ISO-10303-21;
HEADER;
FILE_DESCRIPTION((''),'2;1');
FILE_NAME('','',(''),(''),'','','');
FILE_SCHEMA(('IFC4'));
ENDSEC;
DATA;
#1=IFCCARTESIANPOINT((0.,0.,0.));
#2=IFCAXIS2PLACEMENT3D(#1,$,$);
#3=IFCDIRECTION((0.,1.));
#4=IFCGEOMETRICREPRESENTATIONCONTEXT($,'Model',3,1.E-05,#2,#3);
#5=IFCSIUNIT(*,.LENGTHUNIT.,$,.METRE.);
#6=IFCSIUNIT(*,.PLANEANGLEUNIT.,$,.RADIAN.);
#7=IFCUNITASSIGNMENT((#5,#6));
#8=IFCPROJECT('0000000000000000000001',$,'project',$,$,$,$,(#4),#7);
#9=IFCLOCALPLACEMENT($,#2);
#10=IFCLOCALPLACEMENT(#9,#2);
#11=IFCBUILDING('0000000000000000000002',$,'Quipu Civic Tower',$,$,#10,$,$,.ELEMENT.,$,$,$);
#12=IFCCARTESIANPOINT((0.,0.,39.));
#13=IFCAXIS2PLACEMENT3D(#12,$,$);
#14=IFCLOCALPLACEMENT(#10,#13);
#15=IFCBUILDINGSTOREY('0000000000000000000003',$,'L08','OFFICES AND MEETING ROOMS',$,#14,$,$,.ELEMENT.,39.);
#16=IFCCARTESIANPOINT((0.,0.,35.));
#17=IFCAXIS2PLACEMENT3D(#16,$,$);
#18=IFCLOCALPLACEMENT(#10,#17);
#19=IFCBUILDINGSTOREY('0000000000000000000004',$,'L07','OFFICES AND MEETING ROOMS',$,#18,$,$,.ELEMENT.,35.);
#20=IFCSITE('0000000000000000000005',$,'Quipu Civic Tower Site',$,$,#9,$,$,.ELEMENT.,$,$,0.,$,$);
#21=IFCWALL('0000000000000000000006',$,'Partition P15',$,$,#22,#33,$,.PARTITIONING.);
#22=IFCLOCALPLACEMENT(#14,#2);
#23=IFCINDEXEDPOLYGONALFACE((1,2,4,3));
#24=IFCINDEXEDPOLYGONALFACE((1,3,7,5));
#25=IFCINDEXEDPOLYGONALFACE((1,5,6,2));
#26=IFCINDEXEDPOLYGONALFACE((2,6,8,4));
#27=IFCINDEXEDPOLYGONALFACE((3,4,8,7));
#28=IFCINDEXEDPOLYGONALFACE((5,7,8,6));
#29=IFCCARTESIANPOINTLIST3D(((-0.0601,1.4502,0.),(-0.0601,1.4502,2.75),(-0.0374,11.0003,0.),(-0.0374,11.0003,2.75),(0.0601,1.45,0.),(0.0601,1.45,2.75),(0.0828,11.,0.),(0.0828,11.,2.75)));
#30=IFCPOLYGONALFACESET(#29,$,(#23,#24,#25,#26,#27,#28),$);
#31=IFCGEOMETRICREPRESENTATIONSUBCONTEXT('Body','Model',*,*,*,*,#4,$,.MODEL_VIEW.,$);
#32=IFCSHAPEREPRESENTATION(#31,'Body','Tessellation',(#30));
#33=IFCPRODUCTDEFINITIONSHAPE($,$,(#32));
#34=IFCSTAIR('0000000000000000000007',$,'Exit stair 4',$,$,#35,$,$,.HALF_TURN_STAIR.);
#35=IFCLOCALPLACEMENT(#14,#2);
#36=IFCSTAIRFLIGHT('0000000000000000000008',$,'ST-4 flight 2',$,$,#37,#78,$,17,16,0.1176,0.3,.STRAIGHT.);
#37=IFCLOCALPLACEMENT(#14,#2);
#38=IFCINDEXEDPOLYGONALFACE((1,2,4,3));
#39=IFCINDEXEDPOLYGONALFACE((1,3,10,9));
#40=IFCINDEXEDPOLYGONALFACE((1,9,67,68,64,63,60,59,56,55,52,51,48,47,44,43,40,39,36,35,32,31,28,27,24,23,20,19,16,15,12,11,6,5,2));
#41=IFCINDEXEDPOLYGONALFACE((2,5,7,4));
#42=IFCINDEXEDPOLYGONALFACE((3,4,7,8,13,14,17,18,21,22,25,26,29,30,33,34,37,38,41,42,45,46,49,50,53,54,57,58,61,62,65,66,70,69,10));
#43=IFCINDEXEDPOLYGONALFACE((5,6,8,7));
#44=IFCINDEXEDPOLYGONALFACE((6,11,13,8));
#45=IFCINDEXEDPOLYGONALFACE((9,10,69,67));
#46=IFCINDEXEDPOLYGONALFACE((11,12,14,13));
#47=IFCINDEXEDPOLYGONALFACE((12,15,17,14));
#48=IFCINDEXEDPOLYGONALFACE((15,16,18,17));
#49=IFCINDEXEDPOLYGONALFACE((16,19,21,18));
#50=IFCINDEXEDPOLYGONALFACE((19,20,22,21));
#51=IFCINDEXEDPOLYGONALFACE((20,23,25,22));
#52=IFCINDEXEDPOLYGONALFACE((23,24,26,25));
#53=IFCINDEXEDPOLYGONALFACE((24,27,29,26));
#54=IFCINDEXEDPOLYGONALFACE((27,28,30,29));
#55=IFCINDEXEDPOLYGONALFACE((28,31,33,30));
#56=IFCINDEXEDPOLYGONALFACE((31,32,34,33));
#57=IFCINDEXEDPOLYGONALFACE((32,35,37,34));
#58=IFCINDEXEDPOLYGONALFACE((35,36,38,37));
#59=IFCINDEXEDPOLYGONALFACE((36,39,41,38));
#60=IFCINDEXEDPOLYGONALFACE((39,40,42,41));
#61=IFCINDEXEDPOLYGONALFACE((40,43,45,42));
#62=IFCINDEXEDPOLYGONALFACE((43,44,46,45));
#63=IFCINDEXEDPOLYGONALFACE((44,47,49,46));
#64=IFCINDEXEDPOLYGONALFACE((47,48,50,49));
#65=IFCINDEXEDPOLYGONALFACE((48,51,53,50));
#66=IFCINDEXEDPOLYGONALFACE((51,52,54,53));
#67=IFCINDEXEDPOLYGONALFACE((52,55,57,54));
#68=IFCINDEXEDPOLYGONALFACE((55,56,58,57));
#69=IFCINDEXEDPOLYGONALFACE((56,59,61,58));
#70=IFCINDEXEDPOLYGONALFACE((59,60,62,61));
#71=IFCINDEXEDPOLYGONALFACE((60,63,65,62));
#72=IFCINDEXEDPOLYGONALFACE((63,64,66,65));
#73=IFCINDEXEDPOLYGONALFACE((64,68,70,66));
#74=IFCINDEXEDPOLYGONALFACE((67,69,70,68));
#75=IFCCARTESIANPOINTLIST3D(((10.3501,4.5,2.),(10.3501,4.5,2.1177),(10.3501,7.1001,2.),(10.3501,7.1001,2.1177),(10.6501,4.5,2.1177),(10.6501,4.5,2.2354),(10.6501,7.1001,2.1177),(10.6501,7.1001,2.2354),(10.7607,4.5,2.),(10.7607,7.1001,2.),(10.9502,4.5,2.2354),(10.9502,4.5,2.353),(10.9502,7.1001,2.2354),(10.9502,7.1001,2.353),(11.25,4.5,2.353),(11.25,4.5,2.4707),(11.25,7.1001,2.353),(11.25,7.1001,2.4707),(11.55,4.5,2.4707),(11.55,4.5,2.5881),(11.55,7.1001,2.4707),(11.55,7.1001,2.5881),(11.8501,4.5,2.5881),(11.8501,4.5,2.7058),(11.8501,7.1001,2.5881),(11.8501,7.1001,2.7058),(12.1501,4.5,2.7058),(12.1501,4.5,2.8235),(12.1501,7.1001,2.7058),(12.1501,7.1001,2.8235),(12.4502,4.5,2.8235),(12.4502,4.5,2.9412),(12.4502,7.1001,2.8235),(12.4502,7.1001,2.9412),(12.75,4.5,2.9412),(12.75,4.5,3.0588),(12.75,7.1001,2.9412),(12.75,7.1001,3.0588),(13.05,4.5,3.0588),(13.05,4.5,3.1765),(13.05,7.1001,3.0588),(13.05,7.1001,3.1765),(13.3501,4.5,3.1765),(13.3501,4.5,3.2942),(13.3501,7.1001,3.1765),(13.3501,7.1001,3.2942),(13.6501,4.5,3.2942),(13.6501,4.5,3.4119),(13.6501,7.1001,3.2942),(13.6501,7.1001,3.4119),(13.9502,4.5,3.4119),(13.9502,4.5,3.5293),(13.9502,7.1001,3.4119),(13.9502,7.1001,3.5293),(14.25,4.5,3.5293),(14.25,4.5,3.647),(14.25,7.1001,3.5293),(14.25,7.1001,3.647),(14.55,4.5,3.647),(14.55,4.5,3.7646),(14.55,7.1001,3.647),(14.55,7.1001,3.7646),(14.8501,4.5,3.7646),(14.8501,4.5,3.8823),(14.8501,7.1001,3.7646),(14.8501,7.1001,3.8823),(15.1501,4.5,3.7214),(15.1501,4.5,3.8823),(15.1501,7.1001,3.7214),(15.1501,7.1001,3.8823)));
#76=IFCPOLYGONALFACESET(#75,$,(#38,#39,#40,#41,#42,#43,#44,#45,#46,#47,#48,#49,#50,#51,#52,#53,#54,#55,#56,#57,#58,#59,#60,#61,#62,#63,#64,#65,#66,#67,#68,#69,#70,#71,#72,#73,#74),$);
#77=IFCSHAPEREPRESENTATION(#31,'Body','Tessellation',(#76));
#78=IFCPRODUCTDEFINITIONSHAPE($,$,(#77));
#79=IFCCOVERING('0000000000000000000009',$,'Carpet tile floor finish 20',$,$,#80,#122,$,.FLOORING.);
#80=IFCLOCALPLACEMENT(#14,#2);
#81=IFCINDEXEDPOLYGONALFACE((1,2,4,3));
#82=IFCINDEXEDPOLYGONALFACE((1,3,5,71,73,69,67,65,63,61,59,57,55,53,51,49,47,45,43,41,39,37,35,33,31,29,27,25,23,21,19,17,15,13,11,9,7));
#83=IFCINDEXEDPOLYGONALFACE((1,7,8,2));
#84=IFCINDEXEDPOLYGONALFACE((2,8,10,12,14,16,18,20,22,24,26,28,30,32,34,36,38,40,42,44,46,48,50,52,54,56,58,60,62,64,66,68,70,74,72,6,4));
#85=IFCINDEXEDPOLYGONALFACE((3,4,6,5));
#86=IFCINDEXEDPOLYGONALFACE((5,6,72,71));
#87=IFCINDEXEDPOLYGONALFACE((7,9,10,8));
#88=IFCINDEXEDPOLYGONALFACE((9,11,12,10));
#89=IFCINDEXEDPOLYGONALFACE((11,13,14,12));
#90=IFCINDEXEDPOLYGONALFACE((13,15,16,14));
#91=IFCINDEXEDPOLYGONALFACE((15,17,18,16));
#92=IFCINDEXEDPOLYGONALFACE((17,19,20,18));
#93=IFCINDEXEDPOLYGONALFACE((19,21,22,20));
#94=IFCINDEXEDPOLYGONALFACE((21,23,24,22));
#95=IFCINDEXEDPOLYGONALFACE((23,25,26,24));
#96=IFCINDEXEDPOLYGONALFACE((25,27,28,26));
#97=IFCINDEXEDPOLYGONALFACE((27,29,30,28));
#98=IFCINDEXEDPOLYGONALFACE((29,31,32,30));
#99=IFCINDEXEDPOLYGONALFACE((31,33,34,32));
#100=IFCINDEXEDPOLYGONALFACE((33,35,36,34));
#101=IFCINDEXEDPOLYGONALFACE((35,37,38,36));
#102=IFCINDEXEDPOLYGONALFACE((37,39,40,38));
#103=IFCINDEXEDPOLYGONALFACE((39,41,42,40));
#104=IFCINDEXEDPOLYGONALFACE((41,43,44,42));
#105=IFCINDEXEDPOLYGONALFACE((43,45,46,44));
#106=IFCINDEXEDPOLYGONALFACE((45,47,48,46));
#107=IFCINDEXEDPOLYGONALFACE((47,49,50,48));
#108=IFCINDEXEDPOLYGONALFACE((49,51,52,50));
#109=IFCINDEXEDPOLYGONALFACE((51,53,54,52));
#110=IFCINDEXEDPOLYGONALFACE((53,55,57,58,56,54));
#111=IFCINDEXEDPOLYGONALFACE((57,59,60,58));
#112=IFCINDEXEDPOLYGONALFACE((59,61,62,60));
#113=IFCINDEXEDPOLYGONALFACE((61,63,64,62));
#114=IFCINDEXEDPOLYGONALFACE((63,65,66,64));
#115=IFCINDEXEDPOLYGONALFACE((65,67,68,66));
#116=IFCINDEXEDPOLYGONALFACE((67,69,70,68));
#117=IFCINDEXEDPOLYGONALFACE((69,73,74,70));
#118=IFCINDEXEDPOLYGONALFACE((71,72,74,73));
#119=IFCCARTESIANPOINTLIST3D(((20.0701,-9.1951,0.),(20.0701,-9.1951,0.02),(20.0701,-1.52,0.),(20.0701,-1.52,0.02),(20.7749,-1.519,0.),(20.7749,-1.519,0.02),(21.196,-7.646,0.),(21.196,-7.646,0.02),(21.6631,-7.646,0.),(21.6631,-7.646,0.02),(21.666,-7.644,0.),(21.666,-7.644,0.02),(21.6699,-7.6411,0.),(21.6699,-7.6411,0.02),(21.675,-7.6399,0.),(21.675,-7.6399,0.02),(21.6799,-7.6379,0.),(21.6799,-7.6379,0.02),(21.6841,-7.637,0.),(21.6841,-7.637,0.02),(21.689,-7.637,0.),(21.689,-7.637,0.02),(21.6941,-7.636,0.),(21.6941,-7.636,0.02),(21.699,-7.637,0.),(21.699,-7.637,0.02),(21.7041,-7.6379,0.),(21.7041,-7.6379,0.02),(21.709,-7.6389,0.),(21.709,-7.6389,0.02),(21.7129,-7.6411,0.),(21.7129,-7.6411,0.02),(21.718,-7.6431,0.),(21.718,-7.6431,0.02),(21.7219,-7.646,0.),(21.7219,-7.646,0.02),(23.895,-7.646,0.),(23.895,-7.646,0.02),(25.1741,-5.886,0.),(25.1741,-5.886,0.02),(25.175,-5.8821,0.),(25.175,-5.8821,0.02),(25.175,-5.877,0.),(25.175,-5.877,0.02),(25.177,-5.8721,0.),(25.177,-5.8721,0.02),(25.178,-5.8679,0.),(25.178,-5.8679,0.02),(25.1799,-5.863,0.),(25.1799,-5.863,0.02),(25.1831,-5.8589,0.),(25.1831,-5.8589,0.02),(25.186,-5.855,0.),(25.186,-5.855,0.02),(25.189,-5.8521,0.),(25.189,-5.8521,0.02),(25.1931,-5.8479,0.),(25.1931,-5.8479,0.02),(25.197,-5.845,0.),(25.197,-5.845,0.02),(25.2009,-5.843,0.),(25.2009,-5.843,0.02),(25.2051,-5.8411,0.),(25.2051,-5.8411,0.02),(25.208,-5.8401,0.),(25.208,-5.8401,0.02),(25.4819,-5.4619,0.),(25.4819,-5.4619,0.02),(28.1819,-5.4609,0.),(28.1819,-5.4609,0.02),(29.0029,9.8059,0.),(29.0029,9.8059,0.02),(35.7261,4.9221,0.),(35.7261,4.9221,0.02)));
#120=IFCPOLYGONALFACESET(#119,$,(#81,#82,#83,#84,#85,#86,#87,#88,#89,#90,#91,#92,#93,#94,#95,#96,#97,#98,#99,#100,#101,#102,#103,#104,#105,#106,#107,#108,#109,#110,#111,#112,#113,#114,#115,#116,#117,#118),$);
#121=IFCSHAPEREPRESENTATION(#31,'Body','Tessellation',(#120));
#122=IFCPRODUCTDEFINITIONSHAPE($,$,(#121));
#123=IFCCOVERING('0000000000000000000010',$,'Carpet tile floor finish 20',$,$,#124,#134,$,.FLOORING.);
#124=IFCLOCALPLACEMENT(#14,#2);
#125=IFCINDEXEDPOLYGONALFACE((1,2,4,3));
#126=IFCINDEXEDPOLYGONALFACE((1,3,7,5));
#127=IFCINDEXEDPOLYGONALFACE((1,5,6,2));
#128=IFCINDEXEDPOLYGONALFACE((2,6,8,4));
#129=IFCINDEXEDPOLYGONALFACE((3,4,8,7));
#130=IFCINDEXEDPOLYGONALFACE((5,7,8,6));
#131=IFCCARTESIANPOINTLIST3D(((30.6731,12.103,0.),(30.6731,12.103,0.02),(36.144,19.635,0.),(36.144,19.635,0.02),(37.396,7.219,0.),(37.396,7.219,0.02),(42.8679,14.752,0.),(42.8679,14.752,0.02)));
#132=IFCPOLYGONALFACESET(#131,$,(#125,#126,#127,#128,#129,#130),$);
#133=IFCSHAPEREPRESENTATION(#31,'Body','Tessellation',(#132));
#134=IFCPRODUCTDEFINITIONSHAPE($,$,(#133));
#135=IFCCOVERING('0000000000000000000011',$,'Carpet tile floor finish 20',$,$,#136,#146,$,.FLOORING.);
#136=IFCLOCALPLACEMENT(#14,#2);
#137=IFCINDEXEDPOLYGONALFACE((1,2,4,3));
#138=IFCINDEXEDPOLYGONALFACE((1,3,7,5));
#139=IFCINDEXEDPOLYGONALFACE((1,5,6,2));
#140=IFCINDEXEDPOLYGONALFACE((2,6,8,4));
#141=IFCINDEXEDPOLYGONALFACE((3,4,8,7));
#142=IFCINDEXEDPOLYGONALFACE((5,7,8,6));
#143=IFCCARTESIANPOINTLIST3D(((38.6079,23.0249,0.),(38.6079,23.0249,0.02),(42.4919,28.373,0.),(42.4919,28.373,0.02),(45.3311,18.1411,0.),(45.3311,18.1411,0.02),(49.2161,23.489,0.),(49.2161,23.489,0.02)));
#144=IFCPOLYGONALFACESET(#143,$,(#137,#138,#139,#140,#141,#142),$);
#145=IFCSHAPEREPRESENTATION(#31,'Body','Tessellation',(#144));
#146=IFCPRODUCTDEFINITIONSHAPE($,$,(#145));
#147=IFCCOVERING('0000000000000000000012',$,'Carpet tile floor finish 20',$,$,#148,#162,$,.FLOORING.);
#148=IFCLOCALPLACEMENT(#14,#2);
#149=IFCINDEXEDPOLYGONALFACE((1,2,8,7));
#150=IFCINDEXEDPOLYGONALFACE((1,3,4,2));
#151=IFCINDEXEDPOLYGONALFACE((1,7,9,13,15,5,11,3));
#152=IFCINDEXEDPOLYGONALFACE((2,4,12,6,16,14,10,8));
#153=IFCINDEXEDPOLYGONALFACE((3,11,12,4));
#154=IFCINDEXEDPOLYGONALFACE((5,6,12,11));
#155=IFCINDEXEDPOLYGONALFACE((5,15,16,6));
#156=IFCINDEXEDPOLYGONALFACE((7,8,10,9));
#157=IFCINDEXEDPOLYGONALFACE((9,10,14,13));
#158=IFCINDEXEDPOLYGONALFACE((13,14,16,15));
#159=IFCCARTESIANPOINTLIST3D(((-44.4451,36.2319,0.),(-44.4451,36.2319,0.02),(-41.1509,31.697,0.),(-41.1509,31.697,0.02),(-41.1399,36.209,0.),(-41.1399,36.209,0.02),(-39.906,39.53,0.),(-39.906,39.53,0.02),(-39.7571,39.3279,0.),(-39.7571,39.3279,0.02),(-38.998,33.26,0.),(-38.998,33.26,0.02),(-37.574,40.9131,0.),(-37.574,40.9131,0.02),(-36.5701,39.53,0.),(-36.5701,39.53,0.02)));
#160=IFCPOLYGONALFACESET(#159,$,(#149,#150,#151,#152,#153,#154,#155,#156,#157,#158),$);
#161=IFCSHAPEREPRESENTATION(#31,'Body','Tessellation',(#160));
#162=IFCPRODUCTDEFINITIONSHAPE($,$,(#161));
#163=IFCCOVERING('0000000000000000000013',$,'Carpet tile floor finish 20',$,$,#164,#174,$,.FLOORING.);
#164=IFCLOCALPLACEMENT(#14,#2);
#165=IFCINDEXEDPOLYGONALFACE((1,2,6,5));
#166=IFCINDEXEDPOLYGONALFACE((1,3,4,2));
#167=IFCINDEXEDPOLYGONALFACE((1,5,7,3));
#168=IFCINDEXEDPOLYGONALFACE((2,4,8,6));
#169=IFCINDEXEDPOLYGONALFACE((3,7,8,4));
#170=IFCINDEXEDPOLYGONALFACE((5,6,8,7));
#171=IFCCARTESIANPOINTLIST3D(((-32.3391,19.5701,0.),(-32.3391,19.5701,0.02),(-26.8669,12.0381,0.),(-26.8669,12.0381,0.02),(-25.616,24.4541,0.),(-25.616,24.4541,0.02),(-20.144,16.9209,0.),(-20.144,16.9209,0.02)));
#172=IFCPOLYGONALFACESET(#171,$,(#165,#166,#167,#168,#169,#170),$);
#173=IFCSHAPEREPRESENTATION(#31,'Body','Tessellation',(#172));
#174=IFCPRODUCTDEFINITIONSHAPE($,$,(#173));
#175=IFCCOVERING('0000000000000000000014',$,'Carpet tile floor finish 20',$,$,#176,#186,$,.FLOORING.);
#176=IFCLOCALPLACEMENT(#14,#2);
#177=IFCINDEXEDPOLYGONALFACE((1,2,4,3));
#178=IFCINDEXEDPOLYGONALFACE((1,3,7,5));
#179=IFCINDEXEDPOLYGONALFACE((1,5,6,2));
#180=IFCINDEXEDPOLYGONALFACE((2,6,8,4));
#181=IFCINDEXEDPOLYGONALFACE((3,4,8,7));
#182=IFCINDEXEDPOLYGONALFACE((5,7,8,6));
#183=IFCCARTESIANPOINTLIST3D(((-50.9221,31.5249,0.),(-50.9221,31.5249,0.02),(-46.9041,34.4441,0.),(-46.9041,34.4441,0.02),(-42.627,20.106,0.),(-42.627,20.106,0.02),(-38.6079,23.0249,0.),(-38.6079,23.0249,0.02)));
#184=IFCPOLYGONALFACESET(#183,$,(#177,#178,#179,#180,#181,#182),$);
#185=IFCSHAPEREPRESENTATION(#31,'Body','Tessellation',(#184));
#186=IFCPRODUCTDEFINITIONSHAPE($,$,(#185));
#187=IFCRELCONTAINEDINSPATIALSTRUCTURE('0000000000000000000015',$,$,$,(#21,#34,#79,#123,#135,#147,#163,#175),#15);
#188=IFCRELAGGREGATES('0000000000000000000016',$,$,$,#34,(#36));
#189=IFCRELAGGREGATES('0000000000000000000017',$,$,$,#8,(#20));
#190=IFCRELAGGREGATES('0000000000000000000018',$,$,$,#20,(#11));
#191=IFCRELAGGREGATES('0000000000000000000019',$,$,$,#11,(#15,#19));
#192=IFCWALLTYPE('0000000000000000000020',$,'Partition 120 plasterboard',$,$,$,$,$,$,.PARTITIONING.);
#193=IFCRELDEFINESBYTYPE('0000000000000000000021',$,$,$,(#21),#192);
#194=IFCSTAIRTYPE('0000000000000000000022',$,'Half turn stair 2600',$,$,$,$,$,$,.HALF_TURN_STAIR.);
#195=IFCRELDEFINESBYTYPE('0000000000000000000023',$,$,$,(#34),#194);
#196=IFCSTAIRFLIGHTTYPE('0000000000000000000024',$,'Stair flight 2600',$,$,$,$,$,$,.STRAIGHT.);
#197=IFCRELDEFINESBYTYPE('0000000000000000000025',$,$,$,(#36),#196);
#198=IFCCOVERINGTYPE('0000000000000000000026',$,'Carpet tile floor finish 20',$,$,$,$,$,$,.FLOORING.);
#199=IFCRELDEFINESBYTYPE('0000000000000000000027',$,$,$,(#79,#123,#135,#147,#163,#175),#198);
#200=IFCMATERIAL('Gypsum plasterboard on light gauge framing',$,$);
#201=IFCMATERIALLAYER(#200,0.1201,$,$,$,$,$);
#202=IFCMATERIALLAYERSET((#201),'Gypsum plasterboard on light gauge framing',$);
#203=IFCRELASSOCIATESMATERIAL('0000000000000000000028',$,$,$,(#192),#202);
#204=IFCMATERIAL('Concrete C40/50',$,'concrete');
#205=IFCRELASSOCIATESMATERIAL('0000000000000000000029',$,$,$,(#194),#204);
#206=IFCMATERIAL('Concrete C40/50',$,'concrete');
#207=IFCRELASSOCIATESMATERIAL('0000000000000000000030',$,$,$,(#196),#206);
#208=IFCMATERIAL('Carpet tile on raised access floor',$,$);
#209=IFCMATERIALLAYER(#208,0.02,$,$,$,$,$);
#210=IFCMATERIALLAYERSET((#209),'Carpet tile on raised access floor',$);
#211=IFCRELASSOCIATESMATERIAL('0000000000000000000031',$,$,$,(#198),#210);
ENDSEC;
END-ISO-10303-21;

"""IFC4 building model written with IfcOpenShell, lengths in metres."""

from ifc_helpers import new_model, si_unit, direction, frame, frame_2d, origin, place, context, subcontext, project, spatial, polyline, rectangle, outline, extrude, material, layer, layer_set, type_object, element, aggregate, save


model = new_model("IFC4")

# Units and contexts
model_context = context("Model", 3, precision=1e-05, world=origin(), true_north=direction((0.0, 1.0)))
body_context = subcontext(model_context, "Body", "Model", "MODEL_VIEW")
ifc_project = project(units=[si_unit("LENGTHUNIT", "METRE"), si_unit("PLANEANGLEUNIT", "RADIAN")], contexts=[model_context])

# Site, building, storey
site_placement = place(None, origin())
site = spatial("IfcSite", under=ifc_project, at=site_placement, Name="Quipu Civic Tower Site", CompositionType="ELEMENT", RefElevation=0.0)
building_placement = place(site_placement, origin())
building = spatial("IfcBuilding", under=site, at=building_placement, Name="Quipu Civic Tower", CompositionType="ELEMENT")
storey_1_placement = place(building_placement, frame((0.0, 0.0, 39.0)))
storey_1 = spatial("IfcBuildingStorey", under=building, at=storey_1_placement, Name="L08", Description="OFFICES AND MEETING ROOMS", CompositionType="ELEMENT", Elevation=39.0)

# Shared definitions
storey_2_placement = place(building_placement, frame((0.0, 0.0, 35.0)))
storey_2 = spatial("IfcBuildingStorey", under=building, at=storey_2_placement, Name="L07", Description="OFFICES AND MEETING ROOMS", CompositionType="ELEMENT", Elevation=35.0)

# Wall
ifc_material_1 = material(Name="Gypsum plasterboard on light gauge framing")
ifc_layer_1 = layer(ifc_material_1, 0.1201)
ifc_layer_set_1 = layer_set([ifc_layer_1], Name="Gypsum plasterboard on light gauge framing")
wall_type_1 = type_object("IfcWallType", Name="Partition 120 plasterboard", PredefinedType="PARTITIONING", material=ifc_layer_set_1)
wall_1_placement = place(storey_1_placement, frame((0.0227, 11.0, 0.0), z_axis=(0.0, 0.0, 1.0), x_axis=(-0.002377, -0.999997, 0.0)))
element("IfcWall", 1, at=wall_1_placement, inside=storey_1, type_object=wall_type_1, Name="Partition P15", PredefinedType="PARTITIONING", context=body_context, shape_type="SweptSolid", body=[
    extrude(rectangle(XDim=9.55, YDim=0.1201, at=frame_2d((4.7749, 0.0))), origin(), (0.0, 0.0, 1.0), 2.75),
])

# Stair, stair flight
ifc_material_2 = material(Name="Concrete C40/50", Category="concrete")
stair_type = type_object("IfcStairType", Name="Half turn stair 2600", PredefinedType="HALF_TURN_STAIR", material=ifc_material_2)
stair_placement = place(storey_1_placement, origin())
stair = element("IfcStair", 2, at=stair_placement, inside=storey_1, type_object=stair_type, Name="Exit stair 4", PredefinedType="HALF_TURN_STAIR")
ifc_material_3 = material(Name="Concrete C40/50", Category="concrete")
stair_flight_type = type_object("IfcStairFlightType", Name="Stair flight 2600", PredefinedType="STRAIGHT", material=ifc_material_3)
stair_flight_placement = place(storey_1_placement, frame((10.3501, 5.8, 2.0), z_axis=(0.0, 0.0, 1.0), x_axis=(1.0, 0.0, 0.0)))
stair_flight = element("IfcStairFlight", 3, at=stair_flight_placement, type_object=stair_flight_type, Name="ST-4 flight 2", NumberOfRisers=17, NumberOfTreads=16, PredefinedType="STRAIGHT", RiserHeight=0.1176, TreadLength=0.3, context=body_context, shape_type="SweptSolid", body=[
    extrude(outline(polyline([(0.0, 0.0), (0.0, 0.1177), (0.3, 0.1177), (0.3, 0.2354), (0.6001, 0.2354), (0.6001, 0.353), (0.8999, 0.353), (0.8999, 0.4707), (1.2, 0.4707), (1.2, 0.5881), (1.5, 0.5881), (1.5, 0.7058), (1.8, 0.7058), (1.8, 0.8235), (2.1001, 0.8235), (2.1001, 0.9412), (2.3999, 0.9412), (2.3999, 1.0588), (2.7, 1.0588), (2.7, 1.1765), (3.0, 1.1765), (3.0, 1.2942), (3.3, 1.2942), (3.3, 1.4119), (3.6001, 1.4119), (3.6001, 1.5293), (3.8999, 1.5293), (3.8999, 1.647), (4.2, 1.647), (4.2, 1.7646), (4.5, 1.7646), (4.5, 1.8823), (4.8, 1.8823), (4.8, 2.0), (4.8, 1.7214), (0.4106, 0.0), (0.0, 0.0)])), frame((0.0, 1.3, 0.0), z_axis=(0.0, -1.0, 0.0), x_axis=(1.0, 0.0, 0.0)), (0.0, 0.0, 1.0), 2.6001),
])
aggregate(stair, [stair_flight])

# Coverings
ifc_material_4 = material(Name="Carpet tile on raised access floor")
ifc_layer_2 = layer(ifc_material_4, 0.02)
ifc_layer_set_2 = layer_set([ifc_layer_2], Name="Carpet tile on raised access floor")
covering_type_1 = type_object("IfcCoveringType", Name="Carpet tile floor finish 20", PredefinedType="FLOORING", material=ifc_layer_set_2)
covering_1_placement = place(storey_1_placement, origin())
element("IfcCovering", 4, at=covering_1_placement, inside=storey_1, type_object=covering_type_1, Name="Carpet tile floor finish 20", PredefinedType="FLOORING", context=body_context, shape_type="SweptSolid", body=[
    extrude(outline(polyline([(20.0701, -9.1951), (20.0701, -1.52), (20.7749, -1.519), (29.0029, 9.8059), (35.7261, 4.9221), (28.1819, -5.4609), (25.4819, -5.4619), (25.208, -5.8401), (25.2051, -5.8411), (25.2009, -5.843), (25.197, -5.845), (25.1931, -5.8479), (25.189, -5.8521), (25.186, -5.855), (25.1831, -5.8589), (25.1799, -5.863), (25.178, -5.8679), (25.177, -5.8721), (25.175, -5.877), (25.175, -5.8821), (25.1741, -5.886), (23.895, -7.646), (21.7219, -7.646), (21.7219, -7.646), (21.718, -7.6431), (21.7129, -7.6411), (21.709, -7.6389), (21.7041, -7.6379), (21.699, -7.637), (21.6941, -7.636), (21.689, -7.637), (21.6841, -7.637), (21.6799, -7.6379), (21.675, -7.6399), (21.6699, -7.6411), (21.666, -7.644), (21.6631, -7.646), (21.196, -7.646), (20.0701, -9.1951)])), origin(), (0.0, 0.0, 1.0), 0.02),
])
covering_2_placement = place(storey_1_placement, origin())
element("IfcCovering", 5, at=covering_2_placement, inside=storey_1, type_object=covering_type_1, Name="Carpet tile floor finish 20", PredefinedType="FLOORING", context=body_context, shape_type="SweptSolid", body=[
    extrude(outline(polyline([(30.6731, 12.103), (36.144, 19.635), (42.8679, 14.752), (37.396, 7.219), (30.6731, 12.103)])), origin(), (0.0, 0.0, 1.0), 0.02),
])
covering_3_placement = place(storey_1_placement, origin())
element("IfcCovering", 6, at=covering_3_placement, inside=storey_1, type_object=covering_type_1, Name="Carpet tile floor finish 20", PredefinedType="FLOORING", context=body_context, shape_type="SweptSolid", body=[
    extrude(outline(polyline([(38.6079, 23.0249), (42.4919, 28.373), (49.2161, 23.489), (45.3311, 18.1411), (38.6079, 23.0249)])), origin(), (0.0, 0.0, 1.0), 0.02),
])
covering_4_placement = place(storey_1_placement, origin())
element("IfcCovering", 7, at=covering_4_placement, inside=storey_1, type_object=covering_type_1, Name="Carpet tile floor finish 20", PredefinedType="FLOORING", context=body_context, shape_type="SweptSolid", body=[
    extrude(outline(polyline([(-44.4451, 36.2319), (-39.906, 39.53), (-39.7571, 39.3279), (-37.574, 40.9131), (-36.5701, 39.53), (-41.1399, 36.209), (-38.998, 33.26), (-41.1509, 31.697), (-44.4451, 36.2319)])), origin(), (0.0, 0.0, 1.0), 0.02),
])
covering_5_placement = place(storey_1_placement, origin())
element("IfcCovering", 8, at=covering_5_placement, inside=storey_1, type_object=covering_type_1, Name="Carpet tile floor finish 20", PredefinedType="FLOORING", context=body_context, shape_type="SweptSolid", body=[
    extrude(outline(polyline([(-32.3391, 19.5701), (-25.616, 24.4541), (-20.144, 16.9209), (-26.8669, 12.0381), (-32.3391, 19.5701)])), origin(), (0.0, 0.0, 1.0), 0.02),
])
covering_6_placement = place(storey_1_placement, origin())
element("IfcCovering", 9, at=covering_6_placement, inside=storey_1, type_object=covering_type_1, Name="Carpet tile floor finish 20", PredefinedType="FLOORING", context=body_context, shape_type="SweptSolid", body=[
    extrude(outline(polyline([(-50.9221, 31.5249), (-46.9041, 34.4441), (-38.6079, 23.0249), (-42.627, 20.106), (-50.9221, 31.5249)])), origin(), (0.0, 0.0, 1.0), 0.02),
])

save(model, "model.ifc")
